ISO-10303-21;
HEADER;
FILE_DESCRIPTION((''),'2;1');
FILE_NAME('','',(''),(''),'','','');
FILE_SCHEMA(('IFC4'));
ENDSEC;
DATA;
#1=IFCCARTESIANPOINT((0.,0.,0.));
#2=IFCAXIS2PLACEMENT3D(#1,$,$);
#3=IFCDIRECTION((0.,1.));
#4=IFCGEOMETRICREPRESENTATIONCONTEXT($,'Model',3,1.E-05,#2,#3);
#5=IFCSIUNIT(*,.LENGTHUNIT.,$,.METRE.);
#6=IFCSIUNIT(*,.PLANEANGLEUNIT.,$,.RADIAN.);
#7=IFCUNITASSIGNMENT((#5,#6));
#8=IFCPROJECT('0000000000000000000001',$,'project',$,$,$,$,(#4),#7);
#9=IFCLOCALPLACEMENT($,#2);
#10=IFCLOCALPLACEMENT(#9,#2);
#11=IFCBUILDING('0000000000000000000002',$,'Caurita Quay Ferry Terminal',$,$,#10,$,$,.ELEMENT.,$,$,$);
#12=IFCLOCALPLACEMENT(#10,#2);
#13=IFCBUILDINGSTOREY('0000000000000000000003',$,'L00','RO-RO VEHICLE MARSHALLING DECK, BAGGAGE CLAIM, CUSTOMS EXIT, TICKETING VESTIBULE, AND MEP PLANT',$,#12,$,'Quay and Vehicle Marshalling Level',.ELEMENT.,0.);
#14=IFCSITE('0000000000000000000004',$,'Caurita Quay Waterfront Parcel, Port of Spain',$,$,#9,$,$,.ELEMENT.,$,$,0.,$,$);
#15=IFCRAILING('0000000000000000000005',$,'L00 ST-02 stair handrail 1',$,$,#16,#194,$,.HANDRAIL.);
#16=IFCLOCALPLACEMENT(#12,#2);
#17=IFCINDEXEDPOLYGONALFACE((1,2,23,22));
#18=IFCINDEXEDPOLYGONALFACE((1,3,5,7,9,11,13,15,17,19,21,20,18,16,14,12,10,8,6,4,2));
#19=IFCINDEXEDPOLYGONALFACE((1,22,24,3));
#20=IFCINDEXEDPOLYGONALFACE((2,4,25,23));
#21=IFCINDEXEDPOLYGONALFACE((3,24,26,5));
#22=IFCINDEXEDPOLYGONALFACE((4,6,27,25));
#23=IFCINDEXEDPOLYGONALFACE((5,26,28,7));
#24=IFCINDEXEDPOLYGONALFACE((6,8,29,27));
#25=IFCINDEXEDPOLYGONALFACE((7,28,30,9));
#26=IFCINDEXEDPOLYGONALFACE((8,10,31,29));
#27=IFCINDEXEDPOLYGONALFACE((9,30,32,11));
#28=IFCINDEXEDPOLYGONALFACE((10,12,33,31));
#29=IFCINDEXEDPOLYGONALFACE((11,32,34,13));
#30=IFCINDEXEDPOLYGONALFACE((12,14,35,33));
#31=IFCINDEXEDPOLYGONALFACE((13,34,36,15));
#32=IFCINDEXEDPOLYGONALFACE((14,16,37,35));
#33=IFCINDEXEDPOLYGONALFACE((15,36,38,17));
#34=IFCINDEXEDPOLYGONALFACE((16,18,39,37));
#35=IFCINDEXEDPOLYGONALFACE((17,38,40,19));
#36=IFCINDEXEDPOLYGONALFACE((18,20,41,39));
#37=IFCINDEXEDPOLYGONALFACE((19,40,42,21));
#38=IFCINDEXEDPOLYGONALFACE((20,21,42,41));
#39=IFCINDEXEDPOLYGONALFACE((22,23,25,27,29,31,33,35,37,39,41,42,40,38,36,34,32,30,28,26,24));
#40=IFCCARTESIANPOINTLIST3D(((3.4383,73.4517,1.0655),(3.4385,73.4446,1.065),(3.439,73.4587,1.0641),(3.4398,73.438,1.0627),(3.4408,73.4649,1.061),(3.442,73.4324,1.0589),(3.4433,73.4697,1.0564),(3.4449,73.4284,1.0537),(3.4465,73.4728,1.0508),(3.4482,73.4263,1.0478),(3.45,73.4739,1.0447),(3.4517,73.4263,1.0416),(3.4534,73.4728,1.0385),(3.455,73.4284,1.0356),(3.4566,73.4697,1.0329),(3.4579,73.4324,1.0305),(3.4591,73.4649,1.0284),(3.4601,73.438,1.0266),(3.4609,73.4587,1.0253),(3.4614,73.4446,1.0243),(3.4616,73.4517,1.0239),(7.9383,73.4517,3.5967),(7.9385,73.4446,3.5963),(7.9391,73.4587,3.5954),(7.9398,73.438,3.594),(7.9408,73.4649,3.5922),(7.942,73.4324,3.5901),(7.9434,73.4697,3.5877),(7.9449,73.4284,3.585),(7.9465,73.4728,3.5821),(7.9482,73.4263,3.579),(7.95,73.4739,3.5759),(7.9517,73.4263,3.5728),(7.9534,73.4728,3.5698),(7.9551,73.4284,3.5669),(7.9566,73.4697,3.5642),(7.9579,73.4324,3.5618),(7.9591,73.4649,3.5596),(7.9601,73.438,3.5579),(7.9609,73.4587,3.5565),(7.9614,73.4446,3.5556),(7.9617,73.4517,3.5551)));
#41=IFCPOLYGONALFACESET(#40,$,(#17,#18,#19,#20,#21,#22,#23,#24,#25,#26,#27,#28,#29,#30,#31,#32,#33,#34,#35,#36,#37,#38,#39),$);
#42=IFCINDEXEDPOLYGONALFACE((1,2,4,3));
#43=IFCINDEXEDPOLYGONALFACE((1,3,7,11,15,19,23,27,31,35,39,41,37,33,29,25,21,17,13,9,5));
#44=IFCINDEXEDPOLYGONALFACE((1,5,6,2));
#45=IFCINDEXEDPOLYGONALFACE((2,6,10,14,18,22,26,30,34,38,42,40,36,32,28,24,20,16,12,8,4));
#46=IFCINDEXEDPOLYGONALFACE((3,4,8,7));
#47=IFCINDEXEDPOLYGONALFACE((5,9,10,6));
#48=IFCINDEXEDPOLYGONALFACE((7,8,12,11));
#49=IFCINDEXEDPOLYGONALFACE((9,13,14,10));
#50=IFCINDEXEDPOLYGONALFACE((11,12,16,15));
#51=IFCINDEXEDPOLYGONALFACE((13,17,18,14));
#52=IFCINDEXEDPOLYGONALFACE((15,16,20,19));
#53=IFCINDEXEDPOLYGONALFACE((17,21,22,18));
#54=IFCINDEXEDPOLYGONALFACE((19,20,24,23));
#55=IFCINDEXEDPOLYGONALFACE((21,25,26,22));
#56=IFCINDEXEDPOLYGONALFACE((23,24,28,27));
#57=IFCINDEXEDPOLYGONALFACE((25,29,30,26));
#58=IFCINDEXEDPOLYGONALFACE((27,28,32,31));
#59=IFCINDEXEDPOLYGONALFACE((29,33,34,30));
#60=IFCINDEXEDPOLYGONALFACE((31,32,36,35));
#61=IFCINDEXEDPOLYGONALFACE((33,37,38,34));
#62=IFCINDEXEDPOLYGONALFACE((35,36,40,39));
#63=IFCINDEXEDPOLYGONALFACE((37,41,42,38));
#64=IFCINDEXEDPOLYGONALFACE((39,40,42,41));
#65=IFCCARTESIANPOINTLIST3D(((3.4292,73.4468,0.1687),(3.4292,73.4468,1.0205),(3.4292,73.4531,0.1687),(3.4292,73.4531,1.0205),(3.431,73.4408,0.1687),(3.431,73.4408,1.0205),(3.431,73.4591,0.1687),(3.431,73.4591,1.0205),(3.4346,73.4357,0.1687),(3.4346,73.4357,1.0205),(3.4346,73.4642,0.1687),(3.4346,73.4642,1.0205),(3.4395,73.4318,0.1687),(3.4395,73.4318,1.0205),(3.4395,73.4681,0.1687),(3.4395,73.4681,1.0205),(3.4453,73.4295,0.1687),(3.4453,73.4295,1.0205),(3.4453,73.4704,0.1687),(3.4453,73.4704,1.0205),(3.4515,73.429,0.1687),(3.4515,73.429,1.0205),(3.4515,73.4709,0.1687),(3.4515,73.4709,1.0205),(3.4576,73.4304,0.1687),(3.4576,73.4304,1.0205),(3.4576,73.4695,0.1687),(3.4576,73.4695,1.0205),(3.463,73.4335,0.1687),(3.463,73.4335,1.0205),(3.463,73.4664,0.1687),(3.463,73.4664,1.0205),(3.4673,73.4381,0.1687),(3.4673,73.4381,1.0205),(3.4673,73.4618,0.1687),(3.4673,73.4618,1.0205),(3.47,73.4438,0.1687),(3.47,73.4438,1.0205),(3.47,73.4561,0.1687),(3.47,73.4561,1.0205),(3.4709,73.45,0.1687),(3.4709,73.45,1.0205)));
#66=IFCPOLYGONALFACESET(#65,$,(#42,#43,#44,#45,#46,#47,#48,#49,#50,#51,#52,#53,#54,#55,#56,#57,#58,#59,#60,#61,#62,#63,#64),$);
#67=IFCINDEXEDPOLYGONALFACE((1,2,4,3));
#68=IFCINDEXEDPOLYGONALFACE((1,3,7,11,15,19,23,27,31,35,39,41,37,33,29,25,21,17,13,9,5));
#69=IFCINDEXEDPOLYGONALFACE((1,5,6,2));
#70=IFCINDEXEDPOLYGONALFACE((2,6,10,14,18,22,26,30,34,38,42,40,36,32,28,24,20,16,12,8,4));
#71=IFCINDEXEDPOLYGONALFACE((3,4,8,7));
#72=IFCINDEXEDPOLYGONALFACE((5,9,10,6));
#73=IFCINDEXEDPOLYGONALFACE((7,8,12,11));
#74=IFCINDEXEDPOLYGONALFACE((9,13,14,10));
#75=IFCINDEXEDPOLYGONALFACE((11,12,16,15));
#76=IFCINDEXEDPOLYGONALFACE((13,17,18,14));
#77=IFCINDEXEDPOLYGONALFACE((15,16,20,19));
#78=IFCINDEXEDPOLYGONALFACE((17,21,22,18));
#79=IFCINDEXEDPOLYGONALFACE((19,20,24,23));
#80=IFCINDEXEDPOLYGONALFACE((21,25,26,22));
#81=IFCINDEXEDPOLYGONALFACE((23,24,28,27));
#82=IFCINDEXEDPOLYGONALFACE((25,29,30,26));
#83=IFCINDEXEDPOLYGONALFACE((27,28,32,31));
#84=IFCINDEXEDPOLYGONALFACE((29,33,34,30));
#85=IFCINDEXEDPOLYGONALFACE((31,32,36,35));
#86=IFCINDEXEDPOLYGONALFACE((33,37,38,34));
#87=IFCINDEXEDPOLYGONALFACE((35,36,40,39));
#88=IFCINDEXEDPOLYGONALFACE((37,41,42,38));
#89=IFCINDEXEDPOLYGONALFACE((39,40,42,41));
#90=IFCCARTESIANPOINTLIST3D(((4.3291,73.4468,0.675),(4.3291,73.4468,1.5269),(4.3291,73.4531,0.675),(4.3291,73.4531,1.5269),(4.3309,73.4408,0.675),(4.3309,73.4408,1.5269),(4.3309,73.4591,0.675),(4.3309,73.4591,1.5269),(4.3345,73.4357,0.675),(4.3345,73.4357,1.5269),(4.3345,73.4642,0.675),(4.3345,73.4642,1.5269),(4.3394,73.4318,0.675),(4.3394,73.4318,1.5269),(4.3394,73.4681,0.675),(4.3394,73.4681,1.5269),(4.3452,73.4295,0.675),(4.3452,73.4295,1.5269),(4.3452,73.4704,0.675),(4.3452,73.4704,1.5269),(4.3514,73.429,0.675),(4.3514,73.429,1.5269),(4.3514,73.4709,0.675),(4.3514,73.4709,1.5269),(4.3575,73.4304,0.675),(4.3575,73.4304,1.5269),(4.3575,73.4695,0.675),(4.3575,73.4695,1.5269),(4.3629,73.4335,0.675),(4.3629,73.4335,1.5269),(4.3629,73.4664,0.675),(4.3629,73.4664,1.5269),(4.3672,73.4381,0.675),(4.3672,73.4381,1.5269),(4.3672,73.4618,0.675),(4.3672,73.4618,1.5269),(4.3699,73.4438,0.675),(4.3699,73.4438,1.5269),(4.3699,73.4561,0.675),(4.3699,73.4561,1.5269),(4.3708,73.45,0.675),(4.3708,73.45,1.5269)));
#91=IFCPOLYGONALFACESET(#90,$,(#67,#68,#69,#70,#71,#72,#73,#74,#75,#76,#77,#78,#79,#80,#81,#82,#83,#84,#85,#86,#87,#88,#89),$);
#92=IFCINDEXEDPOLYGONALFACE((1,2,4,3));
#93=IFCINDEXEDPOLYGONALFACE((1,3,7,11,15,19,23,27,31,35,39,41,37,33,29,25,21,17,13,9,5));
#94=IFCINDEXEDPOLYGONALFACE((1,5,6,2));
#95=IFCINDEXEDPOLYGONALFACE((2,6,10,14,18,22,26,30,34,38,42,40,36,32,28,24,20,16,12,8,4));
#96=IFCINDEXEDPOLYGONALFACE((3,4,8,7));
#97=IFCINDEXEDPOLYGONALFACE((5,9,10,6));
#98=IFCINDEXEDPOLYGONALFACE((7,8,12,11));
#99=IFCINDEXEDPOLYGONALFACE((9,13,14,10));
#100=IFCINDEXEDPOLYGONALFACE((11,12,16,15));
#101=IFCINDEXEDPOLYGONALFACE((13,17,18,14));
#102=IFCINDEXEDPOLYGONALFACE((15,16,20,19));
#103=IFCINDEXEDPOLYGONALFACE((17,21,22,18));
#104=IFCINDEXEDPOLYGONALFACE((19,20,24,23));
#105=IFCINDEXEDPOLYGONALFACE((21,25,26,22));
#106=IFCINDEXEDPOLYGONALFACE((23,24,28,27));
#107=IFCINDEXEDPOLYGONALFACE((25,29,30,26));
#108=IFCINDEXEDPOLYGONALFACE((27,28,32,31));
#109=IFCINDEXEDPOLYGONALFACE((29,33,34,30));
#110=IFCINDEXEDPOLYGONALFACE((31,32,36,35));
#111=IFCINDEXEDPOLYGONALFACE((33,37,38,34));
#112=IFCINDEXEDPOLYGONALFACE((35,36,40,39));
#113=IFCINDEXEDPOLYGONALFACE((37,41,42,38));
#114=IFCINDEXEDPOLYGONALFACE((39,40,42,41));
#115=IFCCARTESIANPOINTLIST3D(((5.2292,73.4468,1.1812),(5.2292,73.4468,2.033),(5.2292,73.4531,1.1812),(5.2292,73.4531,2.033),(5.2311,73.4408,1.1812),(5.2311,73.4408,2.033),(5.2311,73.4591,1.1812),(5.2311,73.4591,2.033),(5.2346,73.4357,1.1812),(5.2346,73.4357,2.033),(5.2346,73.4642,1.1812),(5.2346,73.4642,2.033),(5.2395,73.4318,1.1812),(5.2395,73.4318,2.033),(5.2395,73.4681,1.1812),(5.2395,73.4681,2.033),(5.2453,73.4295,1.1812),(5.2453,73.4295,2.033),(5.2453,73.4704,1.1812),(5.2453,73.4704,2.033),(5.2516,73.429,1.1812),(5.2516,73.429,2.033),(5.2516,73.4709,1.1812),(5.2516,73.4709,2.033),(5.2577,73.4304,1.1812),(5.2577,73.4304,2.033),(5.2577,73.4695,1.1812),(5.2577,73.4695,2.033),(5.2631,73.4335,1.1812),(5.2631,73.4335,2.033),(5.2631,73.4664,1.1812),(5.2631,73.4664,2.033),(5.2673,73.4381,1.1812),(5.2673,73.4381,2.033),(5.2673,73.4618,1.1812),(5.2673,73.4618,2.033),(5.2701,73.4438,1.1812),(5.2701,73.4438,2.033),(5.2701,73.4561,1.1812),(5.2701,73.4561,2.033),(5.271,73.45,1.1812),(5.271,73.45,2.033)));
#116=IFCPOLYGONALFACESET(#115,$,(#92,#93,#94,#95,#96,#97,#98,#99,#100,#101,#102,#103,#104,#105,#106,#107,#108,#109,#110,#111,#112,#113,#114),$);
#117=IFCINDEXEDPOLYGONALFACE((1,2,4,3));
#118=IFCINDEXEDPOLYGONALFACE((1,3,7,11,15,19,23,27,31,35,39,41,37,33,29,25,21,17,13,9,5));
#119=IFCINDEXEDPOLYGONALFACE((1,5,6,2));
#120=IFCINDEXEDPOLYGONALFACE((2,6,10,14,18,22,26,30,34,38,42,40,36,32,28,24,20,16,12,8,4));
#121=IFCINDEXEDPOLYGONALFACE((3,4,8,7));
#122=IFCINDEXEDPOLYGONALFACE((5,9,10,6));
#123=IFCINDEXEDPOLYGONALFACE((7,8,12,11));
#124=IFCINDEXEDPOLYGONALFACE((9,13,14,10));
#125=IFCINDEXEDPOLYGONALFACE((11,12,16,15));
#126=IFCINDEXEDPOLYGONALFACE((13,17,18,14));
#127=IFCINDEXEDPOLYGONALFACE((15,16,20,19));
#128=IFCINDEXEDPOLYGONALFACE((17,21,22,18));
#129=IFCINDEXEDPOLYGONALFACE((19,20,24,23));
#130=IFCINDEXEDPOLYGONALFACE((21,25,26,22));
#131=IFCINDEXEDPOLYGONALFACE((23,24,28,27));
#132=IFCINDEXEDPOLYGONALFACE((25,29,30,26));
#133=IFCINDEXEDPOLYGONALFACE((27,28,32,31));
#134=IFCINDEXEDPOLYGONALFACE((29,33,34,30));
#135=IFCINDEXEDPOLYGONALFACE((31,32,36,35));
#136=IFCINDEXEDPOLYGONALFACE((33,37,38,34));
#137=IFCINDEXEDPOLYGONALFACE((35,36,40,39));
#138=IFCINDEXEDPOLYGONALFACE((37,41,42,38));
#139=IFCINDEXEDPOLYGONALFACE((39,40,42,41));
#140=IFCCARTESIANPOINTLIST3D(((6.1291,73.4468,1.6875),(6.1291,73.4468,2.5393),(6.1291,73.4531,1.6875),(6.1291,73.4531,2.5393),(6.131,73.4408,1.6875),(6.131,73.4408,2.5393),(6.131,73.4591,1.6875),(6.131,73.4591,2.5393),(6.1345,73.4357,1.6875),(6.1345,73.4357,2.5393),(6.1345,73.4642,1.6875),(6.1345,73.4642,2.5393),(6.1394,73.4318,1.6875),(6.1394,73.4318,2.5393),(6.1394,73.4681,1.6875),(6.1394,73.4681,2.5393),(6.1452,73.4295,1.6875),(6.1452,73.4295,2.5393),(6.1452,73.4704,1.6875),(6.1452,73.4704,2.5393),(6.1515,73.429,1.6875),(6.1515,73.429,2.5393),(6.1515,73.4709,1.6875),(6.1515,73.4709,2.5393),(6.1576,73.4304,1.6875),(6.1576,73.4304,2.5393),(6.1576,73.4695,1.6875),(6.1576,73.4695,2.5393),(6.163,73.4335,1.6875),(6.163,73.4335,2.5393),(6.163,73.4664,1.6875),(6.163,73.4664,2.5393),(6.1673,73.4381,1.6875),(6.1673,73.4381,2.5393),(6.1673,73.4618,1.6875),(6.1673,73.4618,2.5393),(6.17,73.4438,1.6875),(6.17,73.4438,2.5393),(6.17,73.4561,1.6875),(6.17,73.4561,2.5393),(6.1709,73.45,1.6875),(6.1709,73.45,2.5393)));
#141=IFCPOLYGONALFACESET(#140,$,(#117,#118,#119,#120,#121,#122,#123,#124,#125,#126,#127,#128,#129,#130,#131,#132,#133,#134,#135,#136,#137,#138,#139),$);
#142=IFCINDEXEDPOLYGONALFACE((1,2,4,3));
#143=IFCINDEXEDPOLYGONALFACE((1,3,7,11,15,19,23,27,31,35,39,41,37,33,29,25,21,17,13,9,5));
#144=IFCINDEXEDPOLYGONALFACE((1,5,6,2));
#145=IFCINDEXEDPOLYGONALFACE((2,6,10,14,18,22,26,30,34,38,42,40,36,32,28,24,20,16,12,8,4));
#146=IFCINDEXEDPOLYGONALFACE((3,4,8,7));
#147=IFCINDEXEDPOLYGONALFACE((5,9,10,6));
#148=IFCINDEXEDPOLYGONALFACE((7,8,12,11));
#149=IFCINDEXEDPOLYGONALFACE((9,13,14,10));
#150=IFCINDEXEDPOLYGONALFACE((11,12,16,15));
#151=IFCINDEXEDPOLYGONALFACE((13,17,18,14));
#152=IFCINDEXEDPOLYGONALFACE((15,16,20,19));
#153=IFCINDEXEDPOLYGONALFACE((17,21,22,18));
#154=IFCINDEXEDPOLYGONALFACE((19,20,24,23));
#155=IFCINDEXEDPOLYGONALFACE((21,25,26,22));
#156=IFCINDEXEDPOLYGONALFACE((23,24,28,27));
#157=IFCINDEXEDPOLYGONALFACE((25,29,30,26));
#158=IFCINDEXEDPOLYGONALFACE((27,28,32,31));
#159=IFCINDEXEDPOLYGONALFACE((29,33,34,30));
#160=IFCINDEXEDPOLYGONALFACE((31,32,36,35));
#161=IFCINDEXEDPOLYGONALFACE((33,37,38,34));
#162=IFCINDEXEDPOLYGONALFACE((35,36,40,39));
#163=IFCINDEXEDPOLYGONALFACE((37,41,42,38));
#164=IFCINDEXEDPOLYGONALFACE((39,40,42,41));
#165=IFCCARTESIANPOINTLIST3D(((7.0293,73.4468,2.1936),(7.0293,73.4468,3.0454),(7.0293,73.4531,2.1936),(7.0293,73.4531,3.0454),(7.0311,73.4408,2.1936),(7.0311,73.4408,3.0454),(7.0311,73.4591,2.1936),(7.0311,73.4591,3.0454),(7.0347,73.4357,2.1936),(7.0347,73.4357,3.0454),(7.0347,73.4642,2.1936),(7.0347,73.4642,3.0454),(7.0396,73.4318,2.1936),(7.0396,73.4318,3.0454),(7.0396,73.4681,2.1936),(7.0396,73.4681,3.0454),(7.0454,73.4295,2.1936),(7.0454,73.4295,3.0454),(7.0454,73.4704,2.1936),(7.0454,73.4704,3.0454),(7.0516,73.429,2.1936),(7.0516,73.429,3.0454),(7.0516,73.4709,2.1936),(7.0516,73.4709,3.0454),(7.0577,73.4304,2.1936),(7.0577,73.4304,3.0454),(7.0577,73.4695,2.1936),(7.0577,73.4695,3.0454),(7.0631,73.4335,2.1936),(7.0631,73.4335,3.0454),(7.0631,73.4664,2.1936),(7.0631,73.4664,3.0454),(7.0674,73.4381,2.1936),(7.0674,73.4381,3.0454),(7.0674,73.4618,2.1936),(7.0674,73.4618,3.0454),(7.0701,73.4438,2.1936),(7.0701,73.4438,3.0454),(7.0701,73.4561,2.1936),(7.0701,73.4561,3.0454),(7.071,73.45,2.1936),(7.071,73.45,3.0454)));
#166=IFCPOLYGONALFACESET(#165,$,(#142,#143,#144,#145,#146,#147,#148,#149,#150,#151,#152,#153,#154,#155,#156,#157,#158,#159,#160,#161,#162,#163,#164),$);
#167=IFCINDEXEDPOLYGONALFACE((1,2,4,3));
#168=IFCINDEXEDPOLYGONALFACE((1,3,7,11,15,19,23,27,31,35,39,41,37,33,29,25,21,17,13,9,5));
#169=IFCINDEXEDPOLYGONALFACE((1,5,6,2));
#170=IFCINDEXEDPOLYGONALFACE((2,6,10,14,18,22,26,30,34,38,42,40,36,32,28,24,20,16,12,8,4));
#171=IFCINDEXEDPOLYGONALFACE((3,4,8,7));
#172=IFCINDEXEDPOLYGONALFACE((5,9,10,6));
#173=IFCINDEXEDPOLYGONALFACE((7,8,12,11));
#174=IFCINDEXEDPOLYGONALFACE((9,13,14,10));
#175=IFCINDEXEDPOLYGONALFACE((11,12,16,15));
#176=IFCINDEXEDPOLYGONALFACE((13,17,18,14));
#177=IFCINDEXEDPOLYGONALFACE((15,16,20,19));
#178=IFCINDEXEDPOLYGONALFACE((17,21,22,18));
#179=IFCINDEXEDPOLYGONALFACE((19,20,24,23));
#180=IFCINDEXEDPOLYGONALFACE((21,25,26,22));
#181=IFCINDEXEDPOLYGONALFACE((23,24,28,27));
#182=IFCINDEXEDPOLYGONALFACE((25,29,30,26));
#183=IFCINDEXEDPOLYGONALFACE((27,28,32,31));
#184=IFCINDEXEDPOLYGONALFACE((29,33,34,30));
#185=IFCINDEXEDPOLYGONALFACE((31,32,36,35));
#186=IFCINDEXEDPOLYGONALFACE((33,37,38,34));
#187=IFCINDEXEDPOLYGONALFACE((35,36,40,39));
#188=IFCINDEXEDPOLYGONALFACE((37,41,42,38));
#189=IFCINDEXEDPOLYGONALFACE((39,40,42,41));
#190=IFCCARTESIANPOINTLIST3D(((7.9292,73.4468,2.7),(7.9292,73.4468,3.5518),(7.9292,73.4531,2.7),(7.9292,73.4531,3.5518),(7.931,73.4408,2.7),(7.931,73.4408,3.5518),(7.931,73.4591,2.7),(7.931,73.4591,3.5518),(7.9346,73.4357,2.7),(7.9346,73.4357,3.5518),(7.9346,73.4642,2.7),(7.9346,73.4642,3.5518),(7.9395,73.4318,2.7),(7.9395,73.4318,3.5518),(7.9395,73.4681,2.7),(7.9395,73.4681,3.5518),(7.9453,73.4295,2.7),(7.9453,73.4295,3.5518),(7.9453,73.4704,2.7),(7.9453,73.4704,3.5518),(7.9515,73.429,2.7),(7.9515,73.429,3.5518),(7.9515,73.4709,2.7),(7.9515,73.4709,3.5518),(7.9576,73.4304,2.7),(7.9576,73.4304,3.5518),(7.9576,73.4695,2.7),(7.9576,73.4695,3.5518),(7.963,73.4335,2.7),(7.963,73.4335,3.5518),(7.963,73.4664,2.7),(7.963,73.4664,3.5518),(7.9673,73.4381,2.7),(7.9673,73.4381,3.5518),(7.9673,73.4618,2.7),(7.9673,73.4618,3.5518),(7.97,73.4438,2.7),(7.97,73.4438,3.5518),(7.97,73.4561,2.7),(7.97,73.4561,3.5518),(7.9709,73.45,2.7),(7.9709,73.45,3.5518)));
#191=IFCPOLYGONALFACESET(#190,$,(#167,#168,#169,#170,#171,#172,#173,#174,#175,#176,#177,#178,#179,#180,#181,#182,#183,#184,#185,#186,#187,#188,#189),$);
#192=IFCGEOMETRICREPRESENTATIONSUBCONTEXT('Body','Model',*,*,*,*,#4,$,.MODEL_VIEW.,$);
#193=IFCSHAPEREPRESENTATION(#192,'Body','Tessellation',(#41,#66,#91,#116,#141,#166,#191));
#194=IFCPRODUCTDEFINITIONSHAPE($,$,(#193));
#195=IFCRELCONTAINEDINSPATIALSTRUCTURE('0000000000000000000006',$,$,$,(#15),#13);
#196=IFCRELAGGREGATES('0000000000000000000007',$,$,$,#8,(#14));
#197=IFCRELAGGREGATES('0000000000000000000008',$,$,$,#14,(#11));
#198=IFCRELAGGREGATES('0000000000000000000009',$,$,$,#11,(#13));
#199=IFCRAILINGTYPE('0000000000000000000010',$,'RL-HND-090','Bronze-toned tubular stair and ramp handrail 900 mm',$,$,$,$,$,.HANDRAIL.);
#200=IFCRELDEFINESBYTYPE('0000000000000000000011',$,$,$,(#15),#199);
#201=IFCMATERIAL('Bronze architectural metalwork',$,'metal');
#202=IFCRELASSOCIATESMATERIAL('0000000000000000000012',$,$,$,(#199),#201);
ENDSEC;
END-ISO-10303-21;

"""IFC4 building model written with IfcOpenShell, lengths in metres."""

from ifc_helpers import new_model, si_unit, direction, frame, origin, origin_2d, place, context, subcontext, project, spatial, circle, extrude, material, type_object, element, save


model = new_model("IFC4")

# Units and contexts
model_context = context("Model", 3, precision=1e-05, world=origin(), true_north=direction((0.0, 1.0)))
body_context = subcontext(model_context, "Body", "Model", "MODEL_VIEW")
ifc_project = project(units=[si_unit("LENGTHUNIT", "METRE"), si_unit("PLANEANGLEUNIT", "RADIAN")], contexts=[model_context])

# Site, building, storey
site_placement = place(None, origin())
site = spatial("IfcSite", under=ifc_project, at=site_placement, Name="Caurita Quay Waterfront Parcel, Port of Spain", CompositionType="ELEMENT", RefElevation=0.0)
building_placement = place(site_placement, origin())
building = spatial("IfcBuilding", under=site, at=building_placement, Name="Caurita Quay Ferry Terminal", CompositionType="ELEMENT")
storey_placement = place(building_placement, origin())
storey = spatial("IfcBuildingStorey", under=building, at=storey_placement, Name="L00", Description="RO-RO VEHICLE MARSHALLING DECK, BAGGAGE CLAIM, CUSTOMS EXIT, TICKETING VESTIBULE, AND MEP PLANT", LongName="Quay and Vehicle Marshalling Level", CompositionType="ELEMENT", Elevation=0.0)

# Railing
ifc_material_1 = material(Name="Bronze architectural metalwork", Category="metal")
railing_type_1 = type_object("IfcRailingType", Name="RL-HND-090", Description="Bronze-toned tubular stair and ramp handrail 900 mm", PredefinedType="HANDRAIL", material=ifc_material_1)
railing_1_placement = place(storey_placement, frame((3.45, 73.45, 0.1687)))
element("IfcRailing", 1, at=railing_1_placement, inside=storey, type_object=railing_type_1, Name="L00 ST-02 stair handrail 1", PredefinedType="HANDRAIL", context=body_context, shape_type="SweptSolid", body=[
    extrude(circle(Radius=0.0239, at=origin_2d()), frame((0.0, 0.0, 0.876), z_axis=(0.871576, 0.0, 0.490261), x_axis=(0.0, 1.0, 0.0)), (0.0, 0.0, 1.0), 5.1631),
    extrude(circle(Radius=0.021, at=origin_2d()), origin(), (0.0, 0.0, 1.0), 0.8518),
    extrude(circle(Radius=0.021, at=origin_2d()), frame((0.8999, 0.0, 0.5063)), (0.0, 0.0, 1.0), 0.8518),
    extrude(circle(Radius=0.021, at=origin_2d()), frame((1.8, 0.0, 1.0125)), (0.0, 0.0, 1.0), 0.8518),
    extrude(circle(Radius=0.021, at=origin_2d()), frame((2.7, 0.0, 1.5188)), (0.0, 0.0, 1.0), 0.8518),
    extrude(circle(Radius=0.021, at=origin_2d()), frame((3.6001, 0.0, 2.0249)), (0.0, 0.0, 1.0), 0.8518),
    extrude(circle(Radius=0.021, at=origin_2d()), frame((4.5, 0.0, 2.5312)), (0.0, 0.0, 1.0), 0.8518),
])

save(model, "model.ifc")
